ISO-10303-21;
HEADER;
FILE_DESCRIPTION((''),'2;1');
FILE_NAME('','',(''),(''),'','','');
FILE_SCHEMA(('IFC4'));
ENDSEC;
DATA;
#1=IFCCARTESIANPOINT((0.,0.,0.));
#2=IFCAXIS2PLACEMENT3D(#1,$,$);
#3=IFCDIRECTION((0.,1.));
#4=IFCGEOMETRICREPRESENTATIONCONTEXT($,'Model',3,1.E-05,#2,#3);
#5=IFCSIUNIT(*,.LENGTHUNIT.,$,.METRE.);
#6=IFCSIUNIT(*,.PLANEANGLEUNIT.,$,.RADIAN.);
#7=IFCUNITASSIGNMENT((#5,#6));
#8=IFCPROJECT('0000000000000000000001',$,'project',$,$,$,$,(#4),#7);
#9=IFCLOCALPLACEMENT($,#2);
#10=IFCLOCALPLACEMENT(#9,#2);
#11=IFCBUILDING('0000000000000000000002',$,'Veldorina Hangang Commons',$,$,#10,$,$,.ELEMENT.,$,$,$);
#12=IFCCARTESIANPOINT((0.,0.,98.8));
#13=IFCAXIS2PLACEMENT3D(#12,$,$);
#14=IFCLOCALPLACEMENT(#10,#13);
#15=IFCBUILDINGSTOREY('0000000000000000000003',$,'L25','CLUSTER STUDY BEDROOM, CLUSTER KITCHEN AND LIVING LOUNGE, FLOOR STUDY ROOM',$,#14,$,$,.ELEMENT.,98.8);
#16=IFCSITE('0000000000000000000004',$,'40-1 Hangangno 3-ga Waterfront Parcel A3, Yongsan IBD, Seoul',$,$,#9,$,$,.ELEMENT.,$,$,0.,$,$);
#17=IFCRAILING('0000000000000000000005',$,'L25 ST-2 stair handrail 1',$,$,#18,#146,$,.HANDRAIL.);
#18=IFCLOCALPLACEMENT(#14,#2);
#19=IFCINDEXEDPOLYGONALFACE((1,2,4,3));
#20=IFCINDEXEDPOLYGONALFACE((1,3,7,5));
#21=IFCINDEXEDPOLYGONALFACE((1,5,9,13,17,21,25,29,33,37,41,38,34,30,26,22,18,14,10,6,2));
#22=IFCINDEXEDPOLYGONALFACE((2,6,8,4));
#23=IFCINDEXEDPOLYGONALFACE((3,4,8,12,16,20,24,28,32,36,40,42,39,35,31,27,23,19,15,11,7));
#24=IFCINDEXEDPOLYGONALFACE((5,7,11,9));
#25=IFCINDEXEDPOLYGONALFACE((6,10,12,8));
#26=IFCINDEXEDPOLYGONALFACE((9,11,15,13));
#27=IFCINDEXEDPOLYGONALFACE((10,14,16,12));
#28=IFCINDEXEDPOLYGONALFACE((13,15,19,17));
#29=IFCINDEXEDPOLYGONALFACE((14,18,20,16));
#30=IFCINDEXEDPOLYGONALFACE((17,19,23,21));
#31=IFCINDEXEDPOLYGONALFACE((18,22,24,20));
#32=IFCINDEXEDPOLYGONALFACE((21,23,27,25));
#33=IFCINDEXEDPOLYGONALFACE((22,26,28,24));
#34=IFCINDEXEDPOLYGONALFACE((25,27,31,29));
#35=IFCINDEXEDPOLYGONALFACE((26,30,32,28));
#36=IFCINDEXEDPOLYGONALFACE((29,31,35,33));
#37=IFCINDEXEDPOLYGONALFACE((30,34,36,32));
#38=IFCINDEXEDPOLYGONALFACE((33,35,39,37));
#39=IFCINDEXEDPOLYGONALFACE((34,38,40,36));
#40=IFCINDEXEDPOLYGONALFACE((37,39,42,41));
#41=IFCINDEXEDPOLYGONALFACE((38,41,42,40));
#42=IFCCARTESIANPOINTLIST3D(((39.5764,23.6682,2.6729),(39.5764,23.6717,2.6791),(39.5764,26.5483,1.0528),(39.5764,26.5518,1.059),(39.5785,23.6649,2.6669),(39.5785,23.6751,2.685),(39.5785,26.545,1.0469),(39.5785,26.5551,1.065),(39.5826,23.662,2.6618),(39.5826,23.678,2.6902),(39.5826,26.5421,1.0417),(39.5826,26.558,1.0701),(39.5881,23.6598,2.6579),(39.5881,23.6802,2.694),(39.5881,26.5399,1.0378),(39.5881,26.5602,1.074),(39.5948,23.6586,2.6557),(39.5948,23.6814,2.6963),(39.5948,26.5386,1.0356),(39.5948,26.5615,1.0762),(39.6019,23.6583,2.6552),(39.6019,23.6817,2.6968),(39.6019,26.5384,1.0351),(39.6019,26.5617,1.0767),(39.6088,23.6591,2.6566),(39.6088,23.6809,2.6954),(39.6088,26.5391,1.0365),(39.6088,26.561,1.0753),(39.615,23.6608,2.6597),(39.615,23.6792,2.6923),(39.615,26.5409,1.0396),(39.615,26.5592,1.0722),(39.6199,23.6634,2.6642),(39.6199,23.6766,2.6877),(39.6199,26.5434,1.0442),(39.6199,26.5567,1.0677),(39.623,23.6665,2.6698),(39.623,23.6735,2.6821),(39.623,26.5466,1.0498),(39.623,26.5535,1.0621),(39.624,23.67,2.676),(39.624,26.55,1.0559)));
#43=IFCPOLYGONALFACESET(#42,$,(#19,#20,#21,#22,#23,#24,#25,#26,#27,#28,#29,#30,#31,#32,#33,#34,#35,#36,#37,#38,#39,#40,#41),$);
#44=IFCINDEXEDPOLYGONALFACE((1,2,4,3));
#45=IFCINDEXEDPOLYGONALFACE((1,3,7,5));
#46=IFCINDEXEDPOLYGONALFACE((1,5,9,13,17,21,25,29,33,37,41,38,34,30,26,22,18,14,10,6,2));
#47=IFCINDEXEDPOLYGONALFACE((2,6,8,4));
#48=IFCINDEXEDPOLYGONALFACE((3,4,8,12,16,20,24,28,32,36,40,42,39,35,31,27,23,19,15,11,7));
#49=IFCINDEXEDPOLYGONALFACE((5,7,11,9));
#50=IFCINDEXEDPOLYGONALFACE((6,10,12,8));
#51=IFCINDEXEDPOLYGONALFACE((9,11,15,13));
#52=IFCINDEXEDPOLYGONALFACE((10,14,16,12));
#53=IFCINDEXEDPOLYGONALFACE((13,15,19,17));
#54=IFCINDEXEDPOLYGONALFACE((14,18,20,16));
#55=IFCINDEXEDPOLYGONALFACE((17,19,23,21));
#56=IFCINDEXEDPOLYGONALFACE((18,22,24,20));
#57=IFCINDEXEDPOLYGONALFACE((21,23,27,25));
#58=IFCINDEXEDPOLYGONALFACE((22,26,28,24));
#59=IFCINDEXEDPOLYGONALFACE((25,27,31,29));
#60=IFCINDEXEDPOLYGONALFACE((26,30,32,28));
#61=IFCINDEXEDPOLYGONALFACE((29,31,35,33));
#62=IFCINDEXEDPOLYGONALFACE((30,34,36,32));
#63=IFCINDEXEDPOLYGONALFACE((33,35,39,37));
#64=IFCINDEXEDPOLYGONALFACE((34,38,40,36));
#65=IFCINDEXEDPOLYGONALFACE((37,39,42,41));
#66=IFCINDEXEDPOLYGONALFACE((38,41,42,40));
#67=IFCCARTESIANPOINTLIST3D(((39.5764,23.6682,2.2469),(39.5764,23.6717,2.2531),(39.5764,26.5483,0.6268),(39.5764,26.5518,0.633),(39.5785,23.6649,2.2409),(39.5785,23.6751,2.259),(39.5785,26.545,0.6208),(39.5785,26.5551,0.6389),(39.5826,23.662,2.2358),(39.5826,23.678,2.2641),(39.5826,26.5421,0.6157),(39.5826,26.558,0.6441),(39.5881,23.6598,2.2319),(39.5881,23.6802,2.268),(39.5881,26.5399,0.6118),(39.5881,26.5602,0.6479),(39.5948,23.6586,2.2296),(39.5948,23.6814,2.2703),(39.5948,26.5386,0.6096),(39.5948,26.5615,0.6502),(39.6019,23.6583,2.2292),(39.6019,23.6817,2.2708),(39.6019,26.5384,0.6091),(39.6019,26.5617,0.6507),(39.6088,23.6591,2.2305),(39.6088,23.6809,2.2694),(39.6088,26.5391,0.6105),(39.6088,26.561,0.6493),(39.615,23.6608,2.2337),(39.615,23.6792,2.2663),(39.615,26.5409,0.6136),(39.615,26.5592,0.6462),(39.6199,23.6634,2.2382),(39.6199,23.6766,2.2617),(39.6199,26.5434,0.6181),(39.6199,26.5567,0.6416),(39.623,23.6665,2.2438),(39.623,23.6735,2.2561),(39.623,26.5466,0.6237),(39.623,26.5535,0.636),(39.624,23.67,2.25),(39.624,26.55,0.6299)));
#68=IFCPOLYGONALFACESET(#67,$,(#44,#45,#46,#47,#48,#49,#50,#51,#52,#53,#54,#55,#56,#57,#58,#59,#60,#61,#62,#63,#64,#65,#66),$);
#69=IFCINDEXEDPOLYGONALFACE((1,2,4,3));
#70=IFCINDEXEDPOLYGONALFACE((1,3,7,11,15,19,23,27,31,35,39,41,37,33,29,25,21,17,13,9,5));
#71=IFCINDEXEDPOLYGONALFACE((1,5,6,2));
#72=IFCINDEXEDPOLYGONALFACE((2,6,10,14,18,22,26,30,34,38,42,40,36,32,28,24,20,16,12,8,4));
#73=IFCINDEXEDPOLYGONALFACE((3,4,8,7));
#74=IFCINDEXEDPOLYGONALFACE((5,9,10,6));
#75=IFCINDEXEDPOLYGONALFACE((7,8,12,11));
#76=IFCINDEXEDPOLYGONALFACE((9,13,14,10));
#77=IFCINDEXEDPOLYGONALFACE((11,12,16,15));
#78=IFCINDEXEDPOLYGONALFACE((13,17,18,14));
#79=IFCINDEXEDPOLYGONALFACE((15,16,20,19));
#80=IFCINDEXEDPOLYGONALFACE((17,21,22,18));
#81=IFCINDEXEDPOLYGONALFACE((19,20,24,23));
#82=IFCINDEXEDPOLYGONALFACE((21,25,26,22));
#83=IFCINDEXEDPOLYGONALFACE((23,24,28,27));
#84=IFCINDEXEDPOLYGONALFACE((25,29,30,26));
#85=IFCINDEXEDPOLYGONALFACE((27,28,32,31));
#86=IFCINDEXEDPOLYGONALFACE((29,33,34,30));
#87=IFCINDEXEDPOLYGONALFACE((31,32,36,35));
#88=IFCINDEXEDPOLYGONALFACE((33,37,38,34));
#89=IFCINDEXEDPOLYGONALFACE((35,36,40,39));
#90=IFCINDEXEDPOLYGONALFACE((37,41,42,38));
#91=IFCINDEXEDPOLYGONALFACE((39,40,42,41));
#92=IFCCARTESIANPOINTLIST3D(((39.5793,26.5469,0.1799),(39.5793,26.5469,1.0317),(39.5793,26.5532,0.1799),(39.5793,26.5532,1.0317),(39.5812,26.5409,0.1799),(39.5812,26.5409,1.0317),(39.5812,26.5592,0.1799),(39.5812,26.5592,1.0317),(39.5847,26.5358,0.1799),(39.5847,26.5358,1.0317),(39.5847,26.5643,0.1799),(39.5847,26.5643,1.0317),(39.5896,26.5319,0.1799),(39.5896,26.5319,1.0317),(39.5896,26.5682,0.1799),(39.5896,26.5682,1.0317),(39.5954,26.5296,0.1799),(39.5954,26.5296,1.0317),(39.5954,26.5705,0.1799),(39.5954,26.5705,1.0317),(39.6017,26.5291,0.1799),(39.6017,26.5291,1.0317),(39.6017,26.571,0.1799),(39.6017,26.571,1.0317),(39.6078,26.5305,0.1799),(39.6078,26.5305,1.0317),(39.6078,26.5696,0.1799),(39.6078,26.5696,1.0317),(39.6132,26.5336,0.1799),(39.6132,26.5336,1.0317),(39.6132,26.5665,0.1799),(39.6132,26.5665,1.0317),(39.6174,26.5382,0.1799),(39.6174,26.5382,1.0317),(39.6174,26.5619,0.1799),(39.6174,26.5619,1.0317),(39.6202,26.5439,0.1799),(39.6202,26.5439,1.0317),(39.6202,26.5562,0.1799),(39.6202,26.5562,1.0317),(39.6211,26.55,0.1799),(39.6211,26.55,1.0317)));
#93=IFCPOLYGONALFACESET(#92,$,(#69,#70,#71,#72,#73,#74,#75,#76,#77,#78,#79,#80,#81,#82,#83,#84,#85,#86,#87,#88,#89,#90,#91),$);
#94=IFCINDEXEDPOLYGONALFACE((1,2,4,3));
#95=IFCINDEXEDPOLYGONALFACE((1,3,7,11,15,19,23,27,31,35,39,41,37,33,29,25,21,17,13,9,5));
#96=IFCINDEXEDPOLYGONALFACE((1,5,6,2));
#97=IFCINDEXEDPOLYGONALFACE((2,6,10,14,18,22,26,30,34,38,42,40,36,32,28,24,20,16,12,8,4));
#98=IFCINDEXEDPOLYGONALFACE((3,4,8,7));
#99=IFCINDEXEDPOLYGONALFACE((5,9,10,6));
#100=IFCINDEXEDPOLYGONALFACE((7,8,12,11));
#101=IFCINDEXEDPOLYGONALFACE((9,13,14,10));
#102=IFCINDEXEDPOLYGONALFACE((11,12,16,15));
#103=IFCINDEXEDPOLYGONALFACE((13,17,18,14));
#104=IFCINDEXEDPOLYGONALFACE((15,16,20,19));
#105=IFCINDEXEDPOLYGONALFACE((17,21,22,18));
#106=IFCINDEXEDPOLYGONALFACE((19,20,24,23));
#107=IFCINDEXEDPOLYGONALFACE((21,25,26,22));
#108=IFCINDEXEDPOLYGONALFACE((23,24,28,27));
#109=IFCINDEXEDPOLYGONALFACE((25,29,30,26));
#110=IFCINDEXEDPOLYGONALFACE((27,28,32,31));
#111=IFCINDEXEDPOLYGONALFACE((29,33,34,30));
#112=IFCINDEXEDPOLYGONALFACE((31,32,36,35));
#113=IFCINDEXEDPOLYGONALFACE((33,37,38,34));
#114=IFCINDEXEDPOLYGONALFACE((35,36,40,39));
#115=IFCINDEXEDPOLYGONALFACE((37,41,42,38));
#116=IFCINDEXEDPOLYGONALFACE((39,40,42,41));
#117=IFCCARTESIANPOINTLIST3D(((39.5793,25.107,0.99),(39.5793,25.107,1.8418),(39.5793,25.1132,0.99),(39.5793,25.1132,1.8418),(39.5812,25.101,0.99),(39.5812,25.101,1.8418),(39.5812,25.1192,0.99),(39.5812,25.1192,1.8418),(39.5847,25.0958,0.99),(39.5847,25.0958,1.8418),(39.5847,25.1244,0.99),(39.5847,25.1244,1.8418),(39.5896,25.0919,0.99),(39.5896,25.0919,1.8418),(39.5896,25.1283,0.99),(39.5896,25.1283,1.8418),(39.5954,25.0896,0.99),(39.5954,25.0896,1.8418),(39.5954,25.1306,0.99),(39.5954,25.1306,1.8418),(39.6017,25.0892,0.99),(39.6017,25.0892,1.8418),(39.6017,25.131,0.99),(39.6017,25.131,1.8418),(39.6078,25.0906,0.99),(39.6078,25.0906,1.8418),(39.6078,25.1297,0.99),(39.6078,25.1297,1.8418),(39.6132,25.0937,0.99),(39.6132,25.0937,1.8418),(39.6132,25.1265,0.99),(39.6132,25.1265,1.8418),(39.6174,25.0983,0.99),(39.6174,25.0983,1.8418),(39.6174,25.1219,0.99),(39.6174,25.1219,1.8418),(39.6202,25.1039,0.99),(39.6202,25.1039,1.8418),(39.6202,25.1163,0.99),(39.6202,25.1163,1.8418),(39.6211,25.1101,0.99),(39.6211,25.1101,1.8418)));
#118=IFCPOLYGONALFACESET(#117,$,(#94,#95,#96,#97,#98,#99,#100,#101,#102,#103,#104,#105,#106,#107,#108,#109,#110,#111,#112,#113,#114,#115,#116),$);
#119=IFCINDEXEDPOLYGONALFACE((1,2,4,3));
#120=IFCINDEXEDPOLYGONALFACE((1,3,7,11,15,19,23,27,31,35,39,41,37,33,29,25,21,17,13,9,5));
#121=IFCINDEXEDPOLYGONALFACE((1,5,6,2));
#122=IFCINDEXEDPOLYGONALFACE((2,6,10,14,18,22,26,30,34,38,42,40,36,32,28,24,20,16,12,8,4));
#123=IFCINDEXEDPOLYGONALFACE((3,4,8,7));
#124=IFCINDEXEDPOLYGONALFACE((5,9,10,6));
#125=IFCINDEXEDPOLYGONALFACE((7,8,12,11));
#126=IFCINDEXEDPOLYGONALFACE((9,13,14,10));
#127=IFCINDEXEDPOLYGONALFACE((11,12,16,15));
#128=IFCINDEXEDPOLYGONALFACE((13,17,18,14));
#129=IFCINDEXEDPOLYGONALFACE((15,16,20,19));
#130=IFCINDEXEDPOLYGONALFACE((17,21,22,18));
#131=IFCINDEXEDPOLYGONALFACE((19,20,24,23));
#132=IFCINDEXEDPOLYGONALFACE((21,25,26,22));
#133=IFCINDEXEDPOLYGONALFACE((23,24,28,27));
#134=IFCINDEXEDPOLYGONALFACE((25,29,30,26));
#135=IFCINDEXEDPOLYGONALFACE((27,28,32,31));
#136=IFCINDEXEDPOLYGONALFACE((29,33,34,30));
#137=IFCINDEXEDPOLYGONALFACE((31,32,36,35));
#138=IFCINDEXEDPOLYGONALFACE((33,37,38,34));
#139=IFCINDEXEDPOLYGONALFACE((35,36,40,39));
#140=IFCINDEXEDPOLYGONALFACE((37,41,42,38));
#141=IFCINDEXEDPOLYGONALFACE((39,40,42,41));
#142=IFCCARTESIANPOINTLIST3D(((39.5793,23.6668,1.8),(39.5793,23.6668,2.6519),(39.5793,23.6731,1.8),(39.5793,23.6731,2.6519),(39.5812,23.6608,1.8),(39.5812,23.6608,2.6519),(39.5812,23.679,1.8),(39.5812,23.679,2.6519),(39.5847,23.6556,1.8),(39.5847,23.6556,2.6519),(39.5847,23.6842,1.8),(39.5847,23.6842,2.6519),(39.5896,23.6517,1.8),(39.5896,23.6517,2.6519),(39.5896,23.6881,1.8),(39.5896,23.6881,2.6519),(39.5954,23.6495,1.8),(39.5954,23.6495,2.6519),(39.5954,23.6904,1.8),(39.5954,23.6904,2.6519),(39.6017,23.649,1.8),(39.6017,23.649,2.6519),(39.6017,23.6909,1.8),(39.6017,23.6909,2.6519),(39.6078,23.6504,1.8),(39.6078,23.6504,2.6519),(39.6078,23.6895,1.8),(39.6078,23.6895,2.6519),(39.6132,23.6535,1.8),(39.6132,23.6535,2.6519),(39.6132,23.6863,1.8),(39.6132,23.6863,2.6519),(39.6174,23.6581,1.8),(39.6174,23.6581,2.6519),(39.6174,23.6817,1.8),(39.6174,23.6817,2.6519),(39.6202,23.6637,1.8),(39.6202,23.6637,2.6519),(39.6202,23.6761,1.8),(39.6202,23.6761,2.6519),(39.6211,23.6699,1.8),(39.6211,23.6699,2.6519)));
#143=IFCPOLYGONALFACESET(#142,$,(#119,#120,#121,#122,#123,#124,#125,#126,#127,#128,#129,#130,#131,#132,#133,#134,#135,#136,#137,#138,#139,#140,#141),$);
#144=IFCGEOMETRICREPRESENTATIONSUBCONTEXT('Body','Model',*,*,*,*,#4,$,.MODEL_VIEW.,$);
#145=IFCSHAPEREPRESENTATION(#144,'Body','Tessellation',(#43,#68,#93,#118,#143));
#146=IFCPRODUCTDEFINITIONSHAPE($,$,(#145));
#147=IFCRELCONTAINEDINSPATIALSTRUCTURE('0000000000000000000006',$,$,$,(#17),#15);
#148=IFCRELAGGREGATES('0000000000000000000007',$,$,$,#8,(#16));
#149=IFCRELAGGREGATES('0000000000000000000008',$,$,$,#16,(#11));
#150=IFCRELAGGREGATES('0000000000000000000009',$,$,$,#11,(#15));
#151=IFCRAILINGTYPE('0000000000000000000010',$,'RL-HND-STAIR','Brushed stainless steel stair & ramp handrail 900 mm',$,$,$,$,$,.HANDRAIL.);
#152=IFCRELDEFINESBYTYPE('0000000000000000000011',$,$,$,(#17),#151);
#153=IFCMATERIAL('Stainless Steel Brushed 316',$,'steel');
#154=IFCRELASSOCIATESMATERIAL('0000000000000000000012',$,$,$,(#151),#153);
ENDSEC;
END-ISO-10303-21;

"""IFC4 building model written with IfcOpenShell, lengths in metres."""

from ifc_helpers import new_model, si_unit, direction, frame, origin, origin_2d, place, context, subcontext, project, spatial, circle, extrude, material, type_object, element, save


model = new_model("IFC4")

# Units and contexts
model_context = context("Model", 3, precision=1e-05, world=origin(), true_north=direction((0.0, 1.0)))
body_context = subcontext(model_context, "Body", "Model", "MODEL_VIEW")
ifc_project = project(units=[si_unit("LENGTHUNIT", "METRE"), si_unit("PLANEANGLEUNIT", "RADIAN")], contexts=[model_context])

# Site, building, storey
site_placement = place(None, origin())
site = spatial("IfcSite", under=ifc_project, at=site_placement, Name="40-1 Hangangno 3-ga Waterfront Parcel A3, Yongsan IBD, Seoul", CompositionType="ELEMENT", RefElevation=0.0)
building_placement = place(site_placement, origin())
building = spatial("IfcBuilding", under=site, at=building_placement, Name="Veldorina Hangang Commons", CompositionType="ELEMENT")
storey_placement = place(building_placement, frame((0.0, 0.0, 98.8)))
storey = spatial("IfcBuildingStorey", under=building, at=storey_placement, Name="L25", Description="CLUSTER STUDY BEDROOM, CLUSTER KITCHEN AND LIVING LOUNGE, FLOOR STUDY ROOM", CompositionType="ELEMENT", Elevation=98.8)

# Railing
ifc_material_1 = material(Name="Stainless Steel Brushed 316", Category="steel")
railing_type_1 = type_object("IfcRailingType", Name="RL-HND-STAIR", Description="Brushed stainless steel stair & ramp handrail 900 mm", PredefinedType="HANDRAIL", material=ifc_material_1)
railing_1_placement = place(storey_placement, frame((39.6001, 26.55, 0.1799)))
element("IfcRailing", 1, at=railing_1_placement, inside=storey, type_object=railing_type_1, Name="L25 ST-2 stair handrail 1", PredefinedType="HANDRAIL", context=body_context, shape_type="SweptSolid", body=[
    extrude(circle(Radius=0.0239, at=origin_2d()), frame((0.0, 0.0, 0.876), z_axis=(0.0, -0.87157, 0.490272), x_axis=(1.0, 0.0, 0.0)), (0.0, 0.0, 1.0), 3.3044),
    extrude(circle(Radius=0.0239, at=origin_2d()), frame((0.0, 0.0, 0.45), z_axis=(0.0, -0.87157, 0.490272), x_axis=(1.0, 0.0, 0.0)), (0.0, 0.0, 1.0), 3.3044),
    extrude(circle(Radius=0.021, at=origin_2d()), origin(), (0.0, 0.0, 1.0), 0.8518),
    extrude(circle(Radius=0.021, at=origin_2d()), frame((0.0, -1.4399, 0.8101)), (0.0, 0.0, 1.0), 0.8518),
    extrude(circle(Radius=0.021, at=origin_2d()), frame((0.0, -2.8801, 1.6201)), (0.0, 0.0, 1.0), 0.8518),
])

save(model, "model.ifc")
